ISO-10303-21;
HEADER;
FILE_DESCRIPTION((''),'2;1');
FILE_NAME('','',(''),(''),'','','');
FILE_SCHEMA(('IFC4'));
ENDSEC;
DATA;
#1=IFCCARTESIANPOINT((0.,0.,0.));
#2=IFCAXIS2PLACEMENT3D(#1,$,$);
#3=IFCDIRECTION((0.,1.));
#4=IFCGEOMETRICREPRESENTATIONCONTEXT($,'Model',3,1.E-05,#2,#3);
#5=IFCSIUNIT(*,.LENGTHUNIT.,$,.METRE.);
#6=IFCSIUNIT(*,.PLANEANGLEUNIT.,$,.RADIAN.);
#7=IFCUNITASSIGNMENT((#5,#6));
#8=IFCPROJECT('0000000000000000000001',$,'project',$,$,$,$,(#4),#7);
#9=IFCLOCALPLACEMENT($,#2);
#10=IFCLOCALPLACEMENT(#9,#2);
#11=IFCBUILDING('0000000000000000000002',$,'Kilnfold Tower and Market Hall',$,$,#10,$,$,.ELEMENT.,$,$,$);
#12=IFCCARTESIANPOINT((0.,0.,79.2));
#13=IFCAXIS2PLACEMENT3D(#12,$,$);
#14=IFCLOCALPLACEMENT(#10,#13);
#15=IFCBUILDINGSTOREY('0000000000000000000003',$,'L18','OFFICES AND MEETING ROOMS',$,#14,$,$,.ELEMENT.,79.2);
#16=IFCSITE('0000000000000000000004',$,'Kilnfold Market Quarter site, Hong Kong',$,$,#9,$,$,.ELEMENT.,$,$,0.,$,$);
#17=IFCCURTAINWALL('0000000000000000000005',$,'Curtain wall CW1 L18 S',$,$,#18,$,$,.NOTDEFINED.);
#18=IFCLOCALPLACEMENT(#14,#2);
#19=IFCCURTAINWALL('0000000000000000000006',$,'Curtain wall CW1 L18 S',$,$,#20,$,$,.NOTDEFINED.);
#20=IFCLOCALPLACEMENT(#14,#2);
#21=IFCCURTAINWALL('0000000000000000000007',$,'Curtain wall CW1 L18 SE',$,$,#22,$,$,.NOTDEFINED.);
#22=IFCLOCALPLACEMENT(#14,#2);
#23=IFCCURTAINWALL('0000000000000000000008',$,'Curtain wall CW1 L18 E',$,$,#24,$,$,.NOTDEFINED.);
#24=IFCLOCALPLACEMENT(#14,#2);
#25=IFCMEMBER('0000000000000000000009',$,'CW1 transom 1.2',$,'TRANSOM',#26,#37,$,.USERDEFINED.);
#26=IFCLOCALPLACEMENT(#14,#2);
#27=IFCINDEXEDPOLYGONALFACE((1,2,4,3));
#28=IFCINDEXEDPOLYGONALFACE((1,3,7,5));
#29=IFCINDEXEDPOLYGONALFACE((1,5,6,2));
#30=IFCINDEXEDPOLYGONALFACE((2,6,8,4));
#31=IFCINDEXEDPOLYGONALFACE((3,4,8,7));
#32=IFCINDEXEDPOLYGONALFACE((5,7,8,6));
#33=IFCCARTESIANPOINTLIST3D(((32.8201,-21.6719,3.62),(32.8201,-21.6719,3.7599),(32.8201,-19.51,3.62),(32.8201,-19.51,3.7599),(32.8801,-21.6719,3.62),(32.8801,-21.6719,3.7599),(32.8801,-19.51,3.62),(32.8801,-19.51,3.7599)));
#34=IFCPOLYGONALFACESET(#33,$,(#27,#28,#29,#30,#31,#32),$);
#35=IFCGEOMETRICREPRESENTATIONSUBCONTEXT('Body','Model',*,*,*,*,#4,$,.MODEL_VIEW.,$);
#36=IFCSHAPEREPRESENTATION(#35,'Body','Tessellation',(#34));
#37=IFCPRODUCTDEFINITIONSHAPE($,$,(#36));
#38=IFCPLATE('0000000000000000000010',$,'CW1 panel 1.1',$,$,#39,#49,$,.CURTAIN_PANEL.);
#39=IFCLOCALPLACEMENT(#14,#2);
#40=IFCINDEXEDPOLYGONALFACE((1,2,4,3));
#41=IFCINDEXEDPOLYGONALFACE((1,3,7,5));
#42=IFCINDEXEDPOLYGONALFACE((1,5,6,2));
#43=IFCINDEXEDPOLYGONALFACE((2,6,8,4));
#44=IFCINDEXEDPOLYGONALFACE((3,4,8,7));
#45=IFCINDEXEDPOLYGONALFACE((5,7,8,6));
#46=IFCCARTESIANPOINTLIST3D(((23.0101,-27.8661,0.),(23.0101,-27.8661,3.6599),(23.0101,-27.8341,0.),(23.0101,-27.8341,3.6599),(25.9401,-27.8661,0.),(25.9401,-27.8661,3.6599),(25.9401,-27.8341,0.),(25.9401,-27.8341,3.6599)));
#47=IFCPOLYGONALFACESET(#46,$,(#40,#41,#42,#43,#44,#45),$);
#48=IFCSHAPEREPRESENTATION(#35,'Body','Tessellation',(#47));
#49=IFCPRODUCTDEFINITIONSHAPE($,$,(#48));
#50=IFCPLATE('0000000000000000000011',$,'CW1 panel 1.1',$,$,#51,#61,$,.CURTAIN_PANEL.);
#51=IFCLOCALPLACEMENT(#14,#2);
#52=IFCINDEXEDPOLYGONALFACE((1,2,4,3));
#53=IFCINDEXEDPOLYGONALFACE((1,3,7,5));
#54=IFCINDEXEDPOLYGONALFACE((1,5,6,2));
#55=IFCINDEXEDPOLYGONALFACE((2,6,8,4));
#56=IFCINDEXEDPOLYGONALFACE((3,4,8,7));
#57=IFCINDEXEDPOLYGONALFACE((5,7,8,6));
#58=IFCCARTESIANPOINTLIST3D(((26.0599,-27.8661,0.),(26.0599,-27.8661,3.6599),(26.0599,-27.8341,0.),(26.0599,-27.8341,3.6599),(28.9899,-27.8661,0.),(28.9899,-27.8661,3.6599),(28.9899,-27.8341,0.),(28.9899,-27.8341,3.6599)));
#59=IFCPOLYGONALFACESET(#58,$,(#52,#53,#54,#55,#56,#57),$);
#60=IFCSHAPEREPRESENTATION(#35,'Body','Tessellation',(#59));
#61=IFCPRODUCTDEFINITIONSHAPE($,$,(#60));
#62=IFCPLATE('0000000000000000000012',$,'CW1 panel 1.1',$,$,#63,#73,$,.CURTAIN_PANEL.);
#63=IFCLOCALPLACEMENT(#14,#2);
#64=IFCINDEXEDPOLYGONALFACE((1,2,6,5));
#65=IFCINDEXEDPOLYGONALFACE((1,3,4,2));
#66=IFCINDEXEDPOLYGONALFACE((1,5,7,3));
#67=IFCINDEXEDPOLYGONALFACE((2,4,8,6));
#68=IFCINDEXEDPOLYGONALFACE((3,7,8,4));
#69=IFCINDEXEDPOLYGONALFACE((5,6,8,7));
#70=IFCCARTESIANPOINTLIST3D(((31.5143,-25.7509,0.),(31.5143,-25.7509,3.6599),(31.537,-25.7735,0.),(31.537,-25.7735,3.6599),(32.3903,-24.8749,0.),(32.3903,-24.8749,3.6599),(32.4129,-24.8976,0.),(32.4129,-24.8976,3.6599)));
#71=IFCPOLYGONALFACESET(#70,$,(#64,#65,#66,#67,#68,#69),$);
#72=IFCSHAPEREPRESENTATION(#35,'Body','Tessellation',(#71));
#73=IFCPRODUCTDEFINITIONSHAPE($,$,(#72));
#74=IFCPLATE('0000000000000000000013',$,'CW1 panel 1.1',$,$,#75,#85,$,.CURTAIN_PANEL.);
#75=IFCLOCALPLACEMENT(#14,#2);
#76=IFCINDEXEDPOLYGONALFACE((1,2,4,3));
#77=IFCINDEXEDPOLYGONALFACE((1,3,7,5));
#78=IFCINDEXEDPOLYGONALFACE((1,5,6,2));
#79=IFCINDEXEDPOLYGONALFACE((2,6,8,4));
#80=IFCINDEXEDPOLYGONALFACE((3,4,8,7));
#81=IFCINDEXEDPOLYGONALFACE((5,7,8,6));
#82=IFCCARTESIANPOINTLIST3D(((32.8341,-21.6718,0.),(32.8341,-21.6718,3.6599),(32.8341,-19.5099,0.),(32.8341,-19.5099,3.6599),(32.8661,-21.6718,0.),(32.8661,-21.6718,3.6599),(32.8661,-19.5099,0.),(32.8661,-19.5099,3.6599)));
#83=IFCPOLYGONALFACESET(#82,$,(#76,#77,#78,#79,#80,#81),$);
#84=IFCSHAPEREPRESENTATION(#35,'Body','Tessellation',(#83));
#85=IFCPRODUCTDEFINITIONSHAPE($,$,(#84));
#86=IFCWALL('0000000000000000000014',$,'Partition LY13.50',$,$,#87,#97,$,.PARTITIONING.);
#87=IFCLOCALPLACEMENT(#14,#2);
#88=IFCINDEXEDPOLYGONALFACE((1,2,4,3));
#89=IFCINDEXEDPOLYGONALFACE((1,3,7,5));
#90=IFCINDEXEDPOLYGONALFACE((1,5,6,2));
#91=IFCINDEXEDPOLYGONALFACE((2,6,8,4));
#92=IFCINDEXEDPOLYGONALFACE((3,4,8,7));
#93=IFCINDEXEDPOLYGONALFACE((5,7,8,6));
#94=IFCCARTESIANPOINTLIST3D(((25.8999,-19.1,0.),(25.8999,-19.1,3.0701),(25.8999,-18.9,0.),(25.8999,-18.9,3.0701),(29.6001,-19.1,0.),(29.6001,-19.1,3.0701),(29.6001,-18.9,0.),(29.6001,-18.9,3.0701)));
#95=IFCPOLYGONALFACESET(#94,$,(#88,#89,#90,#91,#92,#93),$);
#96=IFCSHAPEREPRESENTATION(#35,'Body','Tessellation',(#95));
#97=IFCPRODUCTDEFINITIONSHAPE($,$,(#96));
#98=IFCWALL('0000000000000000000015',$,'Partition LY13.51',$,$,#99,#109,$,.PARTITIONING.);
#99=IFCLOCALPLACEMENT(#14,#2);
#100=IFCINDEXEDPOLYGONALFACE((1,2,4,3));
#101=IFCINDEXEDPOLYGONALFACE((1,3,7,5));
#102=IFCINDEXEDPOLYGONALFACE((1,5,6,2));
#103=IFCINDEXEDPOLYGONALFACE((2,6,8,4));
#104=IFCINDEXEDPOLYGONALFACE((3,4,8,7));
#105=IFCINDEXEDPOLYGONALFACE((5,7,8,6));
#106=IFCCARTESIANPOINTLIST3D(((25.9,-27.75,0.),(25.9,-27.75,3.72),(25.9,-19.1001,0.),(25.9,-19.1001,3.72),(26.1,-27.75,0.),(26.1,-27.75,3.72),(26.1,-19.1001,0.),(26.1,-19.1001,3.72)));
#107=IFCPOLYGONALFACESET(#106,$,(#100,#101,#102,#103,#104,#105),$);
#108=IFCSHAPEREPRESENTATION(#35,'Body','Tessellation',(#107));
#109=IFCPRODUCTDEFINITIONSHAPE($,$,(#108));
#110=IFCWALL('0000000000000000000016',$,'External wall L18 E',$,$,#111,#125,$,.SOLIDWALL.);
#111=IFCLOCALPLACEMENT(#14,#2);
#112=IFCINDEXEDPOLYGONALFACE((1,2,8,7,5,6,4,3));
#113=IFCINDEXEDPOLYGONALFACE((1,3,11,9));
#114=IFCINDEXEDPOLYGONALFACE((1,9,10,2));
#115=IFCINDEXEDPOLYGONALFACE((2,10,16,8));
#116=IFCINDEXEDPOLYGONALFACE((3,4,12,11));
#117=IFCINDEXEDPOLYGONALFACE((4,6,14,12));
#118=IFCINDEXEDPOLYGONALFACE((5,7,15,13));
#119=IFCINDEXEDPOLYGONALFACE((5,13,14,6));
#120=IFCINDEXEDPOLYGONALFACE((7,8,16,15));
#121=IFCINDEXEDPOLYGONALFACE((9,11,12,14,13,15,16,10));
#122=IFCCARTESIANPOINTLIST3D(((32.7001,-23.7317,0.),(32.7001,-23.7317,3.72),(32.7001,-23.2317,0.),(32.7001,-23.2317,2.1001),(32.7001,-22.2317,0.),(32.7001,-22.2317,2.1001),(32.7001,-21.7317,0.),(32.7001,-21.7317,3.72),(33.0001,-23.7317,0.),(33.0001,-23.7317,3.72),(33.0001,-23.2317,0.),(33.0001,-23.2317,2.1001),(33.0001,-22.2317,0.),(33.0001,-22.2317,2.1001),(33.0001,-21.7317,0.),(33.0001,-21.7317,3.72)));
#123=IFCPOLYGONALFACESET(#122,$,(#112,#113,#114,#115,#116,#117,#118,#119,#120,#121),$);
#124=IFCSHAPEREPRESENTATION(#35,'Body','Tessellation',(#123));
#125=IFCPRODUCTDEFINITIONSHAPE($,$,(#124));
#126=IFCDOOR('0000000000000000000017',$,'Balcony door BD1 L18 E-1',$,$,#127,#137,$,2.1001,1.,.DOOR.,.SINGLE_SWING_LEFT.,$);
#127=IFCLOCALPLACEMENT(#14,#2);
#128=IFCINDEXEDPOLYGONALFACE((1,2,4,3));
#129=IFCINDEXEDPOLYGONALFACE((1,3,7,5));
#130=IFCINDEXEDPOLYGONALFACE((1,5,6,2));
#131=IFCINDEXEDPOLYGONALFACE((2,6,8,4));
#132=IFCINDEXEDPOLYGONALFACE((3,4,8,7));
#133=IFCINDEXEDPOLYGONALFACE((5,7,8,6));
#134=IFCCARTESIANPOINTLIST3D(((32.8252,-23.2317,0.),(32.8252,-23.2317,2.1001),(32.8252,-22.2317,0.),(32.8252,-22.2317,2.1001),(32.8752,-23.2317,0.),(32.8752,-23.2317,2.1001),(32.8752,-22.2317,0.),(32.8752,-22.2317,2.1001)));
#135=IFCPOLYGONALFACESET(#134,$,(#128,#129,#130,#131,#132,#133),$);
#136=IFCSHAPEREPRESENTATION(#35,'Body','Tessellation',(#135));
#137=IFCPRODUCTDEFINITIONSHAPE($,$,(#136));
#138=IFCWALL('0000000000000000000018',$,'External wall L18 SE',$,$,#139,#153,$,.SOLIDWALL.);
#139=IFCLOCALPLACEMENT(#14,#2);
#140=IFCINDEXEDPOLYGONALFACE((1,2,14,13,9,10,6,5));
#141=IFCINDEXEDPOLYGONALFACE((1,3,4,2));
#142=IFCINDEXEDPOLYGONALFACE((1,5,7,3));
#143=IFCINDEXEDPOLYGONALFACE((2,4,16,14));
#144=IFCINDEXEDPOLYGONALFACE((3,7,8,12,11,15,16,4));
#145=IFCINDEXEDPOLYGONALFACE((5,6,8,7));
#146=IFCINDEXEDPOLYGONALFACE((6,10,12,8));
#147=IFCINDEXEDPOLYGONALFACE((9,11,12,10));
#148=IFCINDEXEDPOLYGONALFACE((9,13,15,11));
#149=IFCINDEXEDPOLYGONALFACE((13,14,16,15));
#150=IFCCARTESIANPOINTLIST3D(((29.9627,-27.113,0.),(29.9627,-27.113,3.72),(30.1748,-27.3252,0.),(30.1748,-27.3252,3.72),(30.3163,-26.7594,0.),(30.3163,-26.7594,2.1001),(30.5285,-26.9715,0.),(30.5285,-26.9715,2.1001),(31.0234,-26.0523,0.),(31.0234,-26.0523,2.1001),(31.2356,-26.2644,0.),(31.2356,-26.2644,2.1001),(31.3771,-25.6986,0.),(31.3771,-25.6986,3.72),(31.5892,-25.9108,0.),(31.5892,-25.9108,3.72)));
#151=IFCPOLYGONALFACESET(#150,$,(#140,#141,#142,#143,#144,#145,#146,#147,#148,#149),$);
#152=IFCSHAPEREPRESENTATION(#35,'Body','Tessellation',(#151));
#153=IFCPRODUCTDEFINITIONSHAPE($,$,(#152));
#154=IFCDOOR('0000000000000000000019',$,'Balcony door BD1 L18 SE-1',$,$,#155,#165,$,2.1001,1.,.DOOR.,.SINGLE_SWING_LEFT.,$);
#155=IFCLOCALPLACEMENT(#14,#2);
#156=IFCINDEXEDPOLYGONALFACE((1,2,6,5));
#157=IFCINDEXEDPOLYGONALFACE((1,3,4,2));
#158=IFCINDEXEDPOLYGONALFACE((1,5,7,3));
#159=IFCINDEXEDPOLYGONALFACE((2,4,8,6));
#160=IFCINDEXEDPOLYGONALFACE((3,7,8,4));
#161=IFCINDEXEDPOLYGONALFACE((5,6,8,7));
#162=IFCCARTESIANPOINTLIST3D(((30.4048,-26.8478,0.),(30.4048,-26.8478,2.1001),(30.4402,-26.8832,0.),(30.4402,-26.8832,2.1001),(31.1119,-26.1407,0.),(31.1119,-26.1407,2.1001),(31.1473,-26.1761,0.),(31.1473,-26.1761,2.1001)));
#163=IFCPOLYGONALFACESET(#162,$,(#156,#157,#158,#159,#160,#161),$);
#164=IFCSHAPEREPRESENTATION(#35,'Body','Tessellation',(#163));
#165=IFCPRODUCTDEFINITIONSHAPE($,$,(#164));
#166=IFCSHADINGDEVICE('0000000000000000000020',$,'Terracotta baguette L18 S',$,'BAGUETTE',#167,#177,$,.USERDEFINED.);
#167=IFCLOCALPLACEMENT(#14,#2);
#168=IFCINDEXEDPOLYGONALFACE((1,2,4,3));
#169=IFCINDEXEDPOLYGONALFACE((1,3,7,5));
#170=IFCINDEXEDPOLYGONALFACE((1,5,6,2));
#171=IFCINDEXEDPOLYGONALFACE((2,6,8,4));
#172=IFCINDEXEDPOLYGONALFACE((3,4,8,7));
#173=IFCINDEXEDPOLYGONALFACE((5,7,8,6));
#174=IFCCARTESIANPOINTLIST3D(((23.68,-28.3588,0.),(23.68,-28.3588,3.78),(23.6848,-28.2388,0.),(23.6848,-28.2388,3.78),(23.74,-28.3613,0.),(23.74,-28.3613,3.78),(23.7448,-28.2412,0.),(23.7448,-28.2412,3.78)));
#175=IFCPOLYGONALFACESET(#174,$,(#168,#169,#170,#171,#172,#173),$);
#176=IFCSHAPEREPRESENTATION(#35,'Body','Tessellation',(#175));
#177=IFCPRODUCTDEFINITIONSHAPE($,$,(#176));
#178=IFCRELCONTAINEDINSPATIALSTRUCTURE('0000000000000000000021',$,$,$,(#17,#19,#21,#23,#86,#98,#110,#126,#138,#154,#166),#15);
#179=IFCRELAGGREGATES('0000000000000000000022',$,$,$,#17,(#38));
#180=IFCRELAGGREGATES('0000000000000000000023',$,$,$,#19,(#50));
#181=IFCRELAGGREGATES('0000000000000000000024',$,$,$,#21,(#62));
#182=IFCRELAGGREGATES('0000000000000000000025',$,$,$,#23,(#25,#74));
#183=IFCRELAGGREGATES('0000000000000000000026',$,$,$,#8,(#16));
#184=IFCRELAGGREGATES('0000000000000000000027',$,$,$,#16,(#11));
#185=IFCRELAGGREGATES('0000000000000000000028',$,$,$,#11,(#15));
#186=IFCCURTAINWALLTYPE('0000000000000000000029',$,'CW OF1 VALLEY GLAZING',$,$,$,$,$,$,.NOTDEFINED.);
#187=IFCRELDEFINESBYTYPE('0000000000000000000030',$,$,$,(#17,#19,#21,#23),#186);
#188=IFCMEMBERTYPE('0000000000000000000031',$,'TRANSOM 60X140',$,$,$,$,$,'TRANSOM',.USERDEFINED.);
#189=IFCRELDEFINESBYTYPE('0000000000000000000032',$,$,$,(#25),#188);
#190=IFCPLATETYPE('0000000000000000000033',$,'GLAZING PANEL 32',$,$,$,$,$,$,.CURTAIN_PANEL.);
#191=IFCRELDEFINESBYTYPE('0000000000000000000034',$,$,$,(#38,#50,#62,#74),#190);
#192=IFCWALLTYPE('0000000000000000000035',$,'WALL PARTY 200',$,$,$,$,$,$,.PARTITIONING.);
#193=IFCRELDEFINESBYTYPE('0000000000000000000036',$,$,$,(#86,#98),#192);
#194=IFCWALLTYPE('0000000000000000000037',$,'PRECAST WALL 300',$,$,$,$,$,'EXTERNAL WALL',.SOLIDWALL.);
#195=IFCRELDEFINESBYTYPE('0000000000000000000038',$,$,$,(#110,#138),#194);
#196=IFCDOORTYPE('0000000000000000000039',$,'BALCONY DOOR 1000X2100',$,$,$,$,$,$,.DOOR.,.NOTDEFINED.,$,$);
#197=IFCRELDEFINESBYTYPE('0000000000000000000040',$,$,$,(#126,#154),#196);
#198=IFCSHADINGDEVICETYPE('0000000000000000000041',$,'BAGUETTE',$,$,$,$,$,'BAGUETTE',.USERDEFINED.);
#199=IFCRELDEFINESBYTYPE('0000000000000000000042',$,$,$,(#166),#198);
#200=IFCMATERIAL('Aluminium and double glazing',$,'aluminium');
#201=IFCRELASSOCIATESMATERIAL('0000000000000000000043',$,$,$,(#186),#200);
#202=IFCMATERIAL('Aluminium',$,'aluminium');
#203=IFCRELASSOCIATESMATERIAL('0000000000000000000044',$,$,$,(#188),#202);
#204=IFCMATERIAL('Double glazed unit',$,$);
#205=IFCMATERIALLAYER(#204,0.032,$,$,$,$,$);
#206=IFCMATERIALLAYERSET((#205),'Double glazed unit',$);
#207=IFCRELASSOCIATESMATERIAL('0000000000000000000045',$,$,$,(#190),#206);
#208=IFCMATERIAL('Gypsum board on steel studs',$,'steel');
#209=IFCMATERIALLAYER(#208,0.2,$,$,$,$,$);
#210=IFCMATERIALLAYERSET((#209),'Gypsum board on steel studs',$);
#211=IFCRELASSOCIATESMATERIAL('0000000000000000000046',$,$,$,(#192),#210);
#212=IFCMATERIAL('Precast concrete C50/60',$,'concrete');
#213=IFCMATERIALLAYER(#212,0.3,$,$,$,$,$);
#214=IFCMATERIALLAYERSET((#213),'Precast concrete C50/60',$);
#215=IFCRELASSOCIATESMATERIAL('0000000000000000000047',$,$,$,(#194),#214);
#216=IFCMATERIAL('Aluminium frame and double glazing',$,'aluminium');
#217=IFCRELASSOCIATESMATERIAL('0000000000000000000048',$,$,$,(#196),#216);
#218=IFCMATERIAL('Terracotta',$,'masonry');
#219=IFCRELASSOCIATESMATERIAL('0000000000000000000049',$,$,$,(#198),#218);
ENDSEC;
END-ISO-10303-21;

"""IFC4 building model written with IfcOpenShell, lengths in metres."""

from ifc_helpers import new_model, si_unit, direction, frame, frame_2d, origin, origin_2d, place, context, subcontext, project, spatial, rectangle, extrude, source, transform, mapped, material, layer, layer_set, material_profile, profile_set, type_object, element, fill, aggregate, save


model = new_model("IFC4")

# Units and contexts
model_context = context("Model", 3, precision=1e-05, world=origin(), true_north=direction((0.0, 1.0)))
body_context = subcontext(model_context, "Body", "Model", "MODEL_VIEW")
ifc_project = project(units=[si_unit("LENGTHUNIT", "METRE"), si_unit("PLANEANGLEUNIT", "RADIAN")], contexts=[model_context])

# Site, building, storey
site_placement = place(None, origin())
site = spatial("IfcSite", under=ifc_project, at=site_placement, Name="Kilnfold Market Quarter site, Hong Kong", CompositionType="ELEMENT", RefElevation=0.0)
building_placement = place(site_placement, origin())
building = spatial("IfcBuilding", under=site, at=building_placement, Name="Kilnfold Tower and Market Hall", CompositionType="ELEMENT")
storey_placement = place(building_placement, frame((0.0, 0.0, 79.2)))
storey = spatial("IfcBuildingStorey", under=building, at=storey_placement, Name="L18", Description="OFFICES AND MEETING ROOMS", CompositionType="ELEMENT", Elevation=79.2)

# Curtain wall
ifc_material_1 = material(Name="Aluminium and double glazing", Category="aluminium")
curtain_wall_type = type_object("IfcCurtainWallType", Name="CW OF1 VALLEY GLAZING", PredefinedType="NOTDEFINED", material=ifc_material_1)
curtain_wall_1_placement = place(storey_placement, origin())
curtain_wall_1 = element("IfcCurtainWall", 1, at=curtain_wall_1_placement, inside=storey, type_object=curtain_wall_type, Name="Curtain wall CW1 L18 S", PredefinedType="NOTDEFINED")

# Curtain walls
curtain_wall_2_placement = place(storey_placement, origin())
curtain_wall_2 = element("IfcCurtainWall", 2, at=curtain_wall_2_placement, inside=storey, type_object=curtain_wall_type, Name="Curtain wall CW1 L18 S", PredefinedType="NOTDEFINED")
curtain_wall_3_placement = place(storey_placement, origin())
curtain_wall_3 = element("IfcCurtainWall", 3, at=curtain_wall_3_placement, inside=storey, type_object=curtain_wall_type, Name="Curtain wall CW1 L18 SE", PredefinedType="NOTDEFINED")
curtain_wall_4_placement = place(storey_placement, origin())
curtain_wall_4 = element("IfcCurtainWall", 4, at=curtain_wall_4_placement, inside=storey, type_object=curtain_wall_type, Name="Curtain wall CW1 L18 E", PredefinedType="NOTDEFINED")

# Member
ifc_material_2 = material(Name="Aluminium", Category="aluminium")
ifc_material_profile_1 = material_profile(ifc_material_2, rectangle(XDim=0.0601, YDim=0.1399, at=origin_2d()), Name="TRANSOM 60x140")
ifc_profile_set_1 = profile_set([ifc_material_profile_1], Name="Aluminium")
member_type_1 = type_object("IfcMemberType", Name="TRANSOM 60X140", ElementType="TRANSOM", PredefinedType="USERDEFINED", material=ifc_profile_set_1)
shared_shape_1 = source(origin(), body_context, "Body", "SweptSolid", [
    extrude(rectangle(XDim=0.0601, YDim=0.1399, at=origin_2d()), origin(), (0.0, 0.0, 1.0), 2.1619),
])
member_1_placement = place(storey_placement, frame((32.8501, -21.6719, 3.6899), z_axis=(0.0, 1.0, 0.0), x_axis=(-1.0, 0.0, 0.0)))
member_1 = element("IfcMember", 5, at=member_1_placement, type_object=member_type_1, Name="CW1 transom 1.2", ObjectType="TRANSOM", PredefinedType="USERDEFINED", context=body_context, shape_type="MappedRepresentation", body=[
    mapped(shared_shape_1, transform((0.0, 0.0, 0.0))),
])

# Plates
ifc_material_3 = material(Name="Double glazed unit")
ifc_layer_1 = layer(ifc_material_3, 0.032)
ifc_layer_set_1 = layer_set([ifc_layer_1], Name="Double glazed unit")
plate_type = type_object("IfcPlateType", Name="GLAZING PANEL 32", PredefinedType="CURTAIN_PANEL", material=ifc_layer_set_1)
shared_shape_2 = source(origin(), body_context, "Body", "SweptSolid", [
    extrude(rectangle(XDim=2.9299, YDim=0.032, at=origin_2d()), origin(), (0.0, 0.0, 1.0), 3.6599),
])
plate_1_placement = place(storey_placement, frame((24.4751, -27.8501, 0.0), z_axis=(0.0, 0.0, 1.0), x_axis=(1.0, 0.0, 0.0)))
plate_1 = element("IfcPlate", 6, at=plate_1_placement, type_object=plate_type, Name="CW1 panel 1.1", PredefinedType="CURTAIN_PANEL", context=body_context, shape_type="MappedRepresentation", body=[
    mapped(shared_shape_2, transform((0.0, 0.0, 0.0))),
])
aggregate(curtain_wall_1, [plate_1])
plate_2_placement = place(storey_placement, frame((27.5249, -27.8501, 0.0), z_axis=(0.0, 0.0, 1.0), x_axis=(1.0, 0.0, 0.0)))
plate_2 = element("IfcPlate", 7, at=plate_2_placement, type_object=plate_type, Name="CW1 panel 1.1", PredefinedType="CURTAIN_PANEL", context=body_context, shape_type="MappedRepresentation", body=[
    mapped(shared_shape_2, transform((0.0, 0.0, 0.0))),
])
aggregate(curtain_wall_2, [plate_2])
shared_shape_3 = source(origin(), body_context, "Body", "SweptSolid", [
    extrude(rectangle(XDim=1.2388, YDim=0.032, at=origin_2d()), origin(), (0.0, 0.0, 1.0), 3.6599),
])
plate_3_placement = place(storey_placement, frame((31.9636, -25.3242, 0.0), z_axis=(0.0, 0.0, 1.0), x_axis=(0.707107, 0.707107, 0.0)))
plate_3 = element("IfcPlate", 8, at=plate_3_placement, type_object=plate_type, Name="CW1 panel 1.1", PredefinedType="CURTAIN_PANEL", context=body_context, shape_type="MappedRepresentation", body=[
    mapped(shared_shape_3, transform((0.0, 0.0, 0.0))),
])
aggregate(curtain_wall_3, [plate_3])
shared_shape_4 = source(origin(), body_context, "Body", "SweptSolid", [
    extrude(rectangle(XDim=2.1619, YDim=0.032, at=origin_2d()), origin(), (0.0, 0.0, 1.0), 3.6599),
])
plate_4_placement = place(storey_placement, frame((32.8501, -20.5908, 0.0), z_axis=(0.0, 0.0, 1.0), x_axis=(0.0, 1.0, 0.0)))
plate_4 = element("IfcPlate", 9, at=plate_4_placement, type_object=plate_type, Name="CW1 panel 1.1", PredefinedType="CURTAIN_PANEL", context=body_context, shape_type="MappedRepresentation", body=[
    mapped(shared_shape_4, transform((0.0, 0.0, 0.0))),
])
aggregate(curtain_wall_4, [member_1, plate_4])

# Walls
ifc_material_4 = material(Name="Gypsum board on steel studs", Category="steel")
ifc_layer_2 = layer(ifc_material_4, 0.2)
ifc_layer_set_2 = layer_set([ifc_layer_2], Name="Gypsum board on steel studs")
wall_type_1 = type_object("IfcWallType", Name="WALL PARTY 200", PredefinedType="PARTITIONING", material=ifc_layer_set_2)
wall_1_placement = place(storey_placement, frame((25.8999, -19.0, 0.0), z_axis=(0.0, 0.0, 1.0), x_axis=(1.0, 0.0, 0.0)))
element("IfcWall", 10, at=wall_1_placement, inside=storey, type_object=wall_type_1, Name="Partition LY13.50", PredefinedType="PARTITIONING", context=body_context, shape_type="SweptSolid", body=[
    extrude(rectangle(XDim=3.7002, YDim=0.2, at=frame_2d((1.8501, 0.0))), origin(), (0.0, 0.0, 1.0), 3.0701),
])
wall_2_placement = place(storey_placement, frame((26.0, -27.75, 0.0), z_axis=(0.0, 0.0, 1.0), x_axis=(0.0, 1.0, 0.0)))
element("IfcWall", 11, at=wall_2_placement, inside=storey, type_object=wall_type_1, Name="Partition LY13.51", PredefinedType="PARTITIONING", context=body_context, shape_type="SweptSolid", body=[
    extrude(rectangle(XDim=8.6499, YDim=0.2, at=frame_2d((4.325, 0.0))), origin(), (0.0, 0.0, 1.0), 3.72),
])

# Walls, openings, doors
ifc_material_5 = material(Name="Precast concrete C50/60", Category="concrete")
ifc_layer_3 = layer(ifc_material_5, 0.3)
ifc_layer_set_3 = layer_set([ifc_layer_3], Name="Precast concrete C50/60")
wall_type_2 = type_object("IfcWallType", Name="PRECAST WALL 300", ElementType="EXTERNAL WALL", PredefinedType="SOLIDWALL", material=ifc_layer_set_3)
shared_shape_5 = source(origin(), body_context, "Body", "SweptSolid", [
    extrude(rectangle(XDim=2.0, YDim=0.3, at=frame_2d((1.0, 0.0))), origin(), (0.0, 0.0, 1.0), 3.72),
])
wall_3_placement = place(storey_placement, frame((32.8501, -23.7317, 0.0), z_axis=(0.0, 0.0, 1.0), x_axis=(0.0, 1.0, 0.0)))
wall_3 = element("IfcWall", 12, at=wall_3_placement, inside=storey, type_object=wall_type_2, Name="External wall L18 E", PredefinedType="SOLIDWALL", context=body_context, shape_type="MappedRepresentation", body=[
    mapped(shared_shape_5, transform((0.0, 0.0, 0.0))),
])
opening_1_placement = place(wall_3_placement, frame((0.5, 0.0, 0.0)))
opening_1 = element("IfcOpeningElement", 13, at=opening_1_placement, cuts=wall_3, PredefinedType="OPENING", context=body_context, shape_type="SweptSolid", body=[
    extrude(rectangle(XDim=1.0, YDim=2.1001, at=frame_2d((0.5, 1.05))), frame((0.0, 0.1602, 0.0), z_axis=(0.0, -1.0, 0.0), x_axis=(1.0, 0.0, 0.0)), (0.0, 0.0, 1.0), 0.3201),
])
ifc_material_6 = material(Name="Aluminium frame and double glazing", Category="aluminium")
door_type = type_object("IfcDoorType", Name="BALCONY DOOR 1000X2100", OperationType="NOTDEFINED", PredefinedType="DOOR", material=ifc_material_6)
door_1_placement = place(opening_1_placement, origin())
door_1 = element("IfcDoor", 14, at=door_1_placement, inside=storey, type_object=door_type, Name="Balcony door BD1 L18 E-1", OperationType="SINGLE_SWING_LEFT", OverallHeight=2.1001, OverallWidth=1.0, PredefinedType="DOOR", context=body_context, shape_type="SweptSolid", body=[
    extrude(rectangle(XDim=1.0, YDim=2.1001, at=frame_2d((0.5, 1.05))), frame((0.0, 0.0249, 0.0), z_axis=(0.0, -1.0, 0.0), x_axis=(1.0, 0.0, 0.0)), (0.0, 0.0, 1.0), 0.05),
])
fill(opening_1, door_1)
shared_shape_6 = source(origin(), body_context, "Body", "SweptSolid", [
    extrude(rectangle(XDim=2.0002, YDim=0.3, at=frame_2d((1.0, 0.0))), origin(), (0.0, 0.0, 1.0), 3.72),
])
wall_4_placement = place(storey_placement, frame((30.0688, -27.219, 0.0), z_axis=(0.0, 0.0, 1.0), x_axis=(0.707107, 0.707107, 0.0)))
wall_4 = element("IfcWall", 15, at=wall_4_placement, inside=storey, type_object=wall_type_2, Name="External wall L18 SE", PredefinedType="SOLIDWALL", context=body_context, shape_type="MappedRepresentation", body=[
    mapped(shared_shape_6, transform((0.0, 0.0, 0.0))),
])
opening_2_placement = place(wall_4_placement, frame((0.5, 0.0, 0.0)))
opening_2 = element("IfcOpeningElement", 16, at=opening_2_placement, cuts=wall_4, PredefinedType="OPENING", context=body_context, shape_type="SweptSolid", body=[
    extrude(rectangle(XDim=1.0, YDim=2.1001, at=frame_2d((0.5, 1.05))), frame((0.0, 0.1602, 0.0), z_axis=(0.0, -1.0, 0.0), x_axis=(1.0, 0.0, 0.0)), (0.0, 0.0, 1.0), 0.3201),
])
door_2_placement = place(opening_2_placement, origin())
door_2 = element("IfcDoor", 17, at=door_2_placement, inside=storey, type_object=door_type, Name="Balcony door BD1 L18 SE-1", OperationType="SINGLE_SWING_LEFT", OverallHeight=2.1001, OverallWidth=1.0, PredefinedType="DOOR", context=body_context, shape_type="SweptSolid", body=[
    extrude(rectangle(XDim=1.0, YDim=2.1001, at=frame_2d((0.5, 1.05))), frame((0.0, 0.0249, 0.0), z_axis=(0.0, -1.0, 0.0), x_axis=(1.0, 0.0, 0.0)), (0.0, 0.0, 1.0), 0.05),
])
fill(opening_2, door_2)

# Shading device
ifc_material_7 = material(Name="Terracotta", Category="masonry")
ifc_material_profile_2 = material_profile(ifc_material_7, rectangle(XDim=0.0601, YDim=0.1201, at=origin_2d()), Name="BAG 60x120")
ifc_profile_set_2 = profile_set([ifc_material_profile_2], Name="Terracotta")
shading_device_type = type_object("IfcShadingDeviceType", Name="BAGUETTE", ElementType="BAGUETTE", PredefinedType="USERDEFINED", material=ifc_profile_set_2)
shared_shape_7 = source(origin(), body_context, "Body", "SweptSolid", [
    extrude(rectangle(XDim=0.0601, YDim=0.1201, at=origin_2d()), origin(), (0.0, 0.0, 1.0), 3.78),
])
for number, where, z_axis, x_axis, name in (
    (18, (23.7124, -28.3, 0.0), (0.0, 0.0, 1.0), (0.999188, -0.040296, 0.0), "Terracotta baguette L18 S"),
):
    element("IfcShadingDevice", number, at=place(storey_placement, frame(where, z_axis=z_axis, x_axis=x_axis)), inside=storey, type_object=shading_device_type, Name=name, ObjectType="BAGUETTE", PredefinedType="USERDEFINED", context=body_context, shape_type="MappedRepresentation", body=[
        mapped(shared_shape_7, transform((0.0, 0.0, 0.0))),
    ])

save(model, "model.ifc")
